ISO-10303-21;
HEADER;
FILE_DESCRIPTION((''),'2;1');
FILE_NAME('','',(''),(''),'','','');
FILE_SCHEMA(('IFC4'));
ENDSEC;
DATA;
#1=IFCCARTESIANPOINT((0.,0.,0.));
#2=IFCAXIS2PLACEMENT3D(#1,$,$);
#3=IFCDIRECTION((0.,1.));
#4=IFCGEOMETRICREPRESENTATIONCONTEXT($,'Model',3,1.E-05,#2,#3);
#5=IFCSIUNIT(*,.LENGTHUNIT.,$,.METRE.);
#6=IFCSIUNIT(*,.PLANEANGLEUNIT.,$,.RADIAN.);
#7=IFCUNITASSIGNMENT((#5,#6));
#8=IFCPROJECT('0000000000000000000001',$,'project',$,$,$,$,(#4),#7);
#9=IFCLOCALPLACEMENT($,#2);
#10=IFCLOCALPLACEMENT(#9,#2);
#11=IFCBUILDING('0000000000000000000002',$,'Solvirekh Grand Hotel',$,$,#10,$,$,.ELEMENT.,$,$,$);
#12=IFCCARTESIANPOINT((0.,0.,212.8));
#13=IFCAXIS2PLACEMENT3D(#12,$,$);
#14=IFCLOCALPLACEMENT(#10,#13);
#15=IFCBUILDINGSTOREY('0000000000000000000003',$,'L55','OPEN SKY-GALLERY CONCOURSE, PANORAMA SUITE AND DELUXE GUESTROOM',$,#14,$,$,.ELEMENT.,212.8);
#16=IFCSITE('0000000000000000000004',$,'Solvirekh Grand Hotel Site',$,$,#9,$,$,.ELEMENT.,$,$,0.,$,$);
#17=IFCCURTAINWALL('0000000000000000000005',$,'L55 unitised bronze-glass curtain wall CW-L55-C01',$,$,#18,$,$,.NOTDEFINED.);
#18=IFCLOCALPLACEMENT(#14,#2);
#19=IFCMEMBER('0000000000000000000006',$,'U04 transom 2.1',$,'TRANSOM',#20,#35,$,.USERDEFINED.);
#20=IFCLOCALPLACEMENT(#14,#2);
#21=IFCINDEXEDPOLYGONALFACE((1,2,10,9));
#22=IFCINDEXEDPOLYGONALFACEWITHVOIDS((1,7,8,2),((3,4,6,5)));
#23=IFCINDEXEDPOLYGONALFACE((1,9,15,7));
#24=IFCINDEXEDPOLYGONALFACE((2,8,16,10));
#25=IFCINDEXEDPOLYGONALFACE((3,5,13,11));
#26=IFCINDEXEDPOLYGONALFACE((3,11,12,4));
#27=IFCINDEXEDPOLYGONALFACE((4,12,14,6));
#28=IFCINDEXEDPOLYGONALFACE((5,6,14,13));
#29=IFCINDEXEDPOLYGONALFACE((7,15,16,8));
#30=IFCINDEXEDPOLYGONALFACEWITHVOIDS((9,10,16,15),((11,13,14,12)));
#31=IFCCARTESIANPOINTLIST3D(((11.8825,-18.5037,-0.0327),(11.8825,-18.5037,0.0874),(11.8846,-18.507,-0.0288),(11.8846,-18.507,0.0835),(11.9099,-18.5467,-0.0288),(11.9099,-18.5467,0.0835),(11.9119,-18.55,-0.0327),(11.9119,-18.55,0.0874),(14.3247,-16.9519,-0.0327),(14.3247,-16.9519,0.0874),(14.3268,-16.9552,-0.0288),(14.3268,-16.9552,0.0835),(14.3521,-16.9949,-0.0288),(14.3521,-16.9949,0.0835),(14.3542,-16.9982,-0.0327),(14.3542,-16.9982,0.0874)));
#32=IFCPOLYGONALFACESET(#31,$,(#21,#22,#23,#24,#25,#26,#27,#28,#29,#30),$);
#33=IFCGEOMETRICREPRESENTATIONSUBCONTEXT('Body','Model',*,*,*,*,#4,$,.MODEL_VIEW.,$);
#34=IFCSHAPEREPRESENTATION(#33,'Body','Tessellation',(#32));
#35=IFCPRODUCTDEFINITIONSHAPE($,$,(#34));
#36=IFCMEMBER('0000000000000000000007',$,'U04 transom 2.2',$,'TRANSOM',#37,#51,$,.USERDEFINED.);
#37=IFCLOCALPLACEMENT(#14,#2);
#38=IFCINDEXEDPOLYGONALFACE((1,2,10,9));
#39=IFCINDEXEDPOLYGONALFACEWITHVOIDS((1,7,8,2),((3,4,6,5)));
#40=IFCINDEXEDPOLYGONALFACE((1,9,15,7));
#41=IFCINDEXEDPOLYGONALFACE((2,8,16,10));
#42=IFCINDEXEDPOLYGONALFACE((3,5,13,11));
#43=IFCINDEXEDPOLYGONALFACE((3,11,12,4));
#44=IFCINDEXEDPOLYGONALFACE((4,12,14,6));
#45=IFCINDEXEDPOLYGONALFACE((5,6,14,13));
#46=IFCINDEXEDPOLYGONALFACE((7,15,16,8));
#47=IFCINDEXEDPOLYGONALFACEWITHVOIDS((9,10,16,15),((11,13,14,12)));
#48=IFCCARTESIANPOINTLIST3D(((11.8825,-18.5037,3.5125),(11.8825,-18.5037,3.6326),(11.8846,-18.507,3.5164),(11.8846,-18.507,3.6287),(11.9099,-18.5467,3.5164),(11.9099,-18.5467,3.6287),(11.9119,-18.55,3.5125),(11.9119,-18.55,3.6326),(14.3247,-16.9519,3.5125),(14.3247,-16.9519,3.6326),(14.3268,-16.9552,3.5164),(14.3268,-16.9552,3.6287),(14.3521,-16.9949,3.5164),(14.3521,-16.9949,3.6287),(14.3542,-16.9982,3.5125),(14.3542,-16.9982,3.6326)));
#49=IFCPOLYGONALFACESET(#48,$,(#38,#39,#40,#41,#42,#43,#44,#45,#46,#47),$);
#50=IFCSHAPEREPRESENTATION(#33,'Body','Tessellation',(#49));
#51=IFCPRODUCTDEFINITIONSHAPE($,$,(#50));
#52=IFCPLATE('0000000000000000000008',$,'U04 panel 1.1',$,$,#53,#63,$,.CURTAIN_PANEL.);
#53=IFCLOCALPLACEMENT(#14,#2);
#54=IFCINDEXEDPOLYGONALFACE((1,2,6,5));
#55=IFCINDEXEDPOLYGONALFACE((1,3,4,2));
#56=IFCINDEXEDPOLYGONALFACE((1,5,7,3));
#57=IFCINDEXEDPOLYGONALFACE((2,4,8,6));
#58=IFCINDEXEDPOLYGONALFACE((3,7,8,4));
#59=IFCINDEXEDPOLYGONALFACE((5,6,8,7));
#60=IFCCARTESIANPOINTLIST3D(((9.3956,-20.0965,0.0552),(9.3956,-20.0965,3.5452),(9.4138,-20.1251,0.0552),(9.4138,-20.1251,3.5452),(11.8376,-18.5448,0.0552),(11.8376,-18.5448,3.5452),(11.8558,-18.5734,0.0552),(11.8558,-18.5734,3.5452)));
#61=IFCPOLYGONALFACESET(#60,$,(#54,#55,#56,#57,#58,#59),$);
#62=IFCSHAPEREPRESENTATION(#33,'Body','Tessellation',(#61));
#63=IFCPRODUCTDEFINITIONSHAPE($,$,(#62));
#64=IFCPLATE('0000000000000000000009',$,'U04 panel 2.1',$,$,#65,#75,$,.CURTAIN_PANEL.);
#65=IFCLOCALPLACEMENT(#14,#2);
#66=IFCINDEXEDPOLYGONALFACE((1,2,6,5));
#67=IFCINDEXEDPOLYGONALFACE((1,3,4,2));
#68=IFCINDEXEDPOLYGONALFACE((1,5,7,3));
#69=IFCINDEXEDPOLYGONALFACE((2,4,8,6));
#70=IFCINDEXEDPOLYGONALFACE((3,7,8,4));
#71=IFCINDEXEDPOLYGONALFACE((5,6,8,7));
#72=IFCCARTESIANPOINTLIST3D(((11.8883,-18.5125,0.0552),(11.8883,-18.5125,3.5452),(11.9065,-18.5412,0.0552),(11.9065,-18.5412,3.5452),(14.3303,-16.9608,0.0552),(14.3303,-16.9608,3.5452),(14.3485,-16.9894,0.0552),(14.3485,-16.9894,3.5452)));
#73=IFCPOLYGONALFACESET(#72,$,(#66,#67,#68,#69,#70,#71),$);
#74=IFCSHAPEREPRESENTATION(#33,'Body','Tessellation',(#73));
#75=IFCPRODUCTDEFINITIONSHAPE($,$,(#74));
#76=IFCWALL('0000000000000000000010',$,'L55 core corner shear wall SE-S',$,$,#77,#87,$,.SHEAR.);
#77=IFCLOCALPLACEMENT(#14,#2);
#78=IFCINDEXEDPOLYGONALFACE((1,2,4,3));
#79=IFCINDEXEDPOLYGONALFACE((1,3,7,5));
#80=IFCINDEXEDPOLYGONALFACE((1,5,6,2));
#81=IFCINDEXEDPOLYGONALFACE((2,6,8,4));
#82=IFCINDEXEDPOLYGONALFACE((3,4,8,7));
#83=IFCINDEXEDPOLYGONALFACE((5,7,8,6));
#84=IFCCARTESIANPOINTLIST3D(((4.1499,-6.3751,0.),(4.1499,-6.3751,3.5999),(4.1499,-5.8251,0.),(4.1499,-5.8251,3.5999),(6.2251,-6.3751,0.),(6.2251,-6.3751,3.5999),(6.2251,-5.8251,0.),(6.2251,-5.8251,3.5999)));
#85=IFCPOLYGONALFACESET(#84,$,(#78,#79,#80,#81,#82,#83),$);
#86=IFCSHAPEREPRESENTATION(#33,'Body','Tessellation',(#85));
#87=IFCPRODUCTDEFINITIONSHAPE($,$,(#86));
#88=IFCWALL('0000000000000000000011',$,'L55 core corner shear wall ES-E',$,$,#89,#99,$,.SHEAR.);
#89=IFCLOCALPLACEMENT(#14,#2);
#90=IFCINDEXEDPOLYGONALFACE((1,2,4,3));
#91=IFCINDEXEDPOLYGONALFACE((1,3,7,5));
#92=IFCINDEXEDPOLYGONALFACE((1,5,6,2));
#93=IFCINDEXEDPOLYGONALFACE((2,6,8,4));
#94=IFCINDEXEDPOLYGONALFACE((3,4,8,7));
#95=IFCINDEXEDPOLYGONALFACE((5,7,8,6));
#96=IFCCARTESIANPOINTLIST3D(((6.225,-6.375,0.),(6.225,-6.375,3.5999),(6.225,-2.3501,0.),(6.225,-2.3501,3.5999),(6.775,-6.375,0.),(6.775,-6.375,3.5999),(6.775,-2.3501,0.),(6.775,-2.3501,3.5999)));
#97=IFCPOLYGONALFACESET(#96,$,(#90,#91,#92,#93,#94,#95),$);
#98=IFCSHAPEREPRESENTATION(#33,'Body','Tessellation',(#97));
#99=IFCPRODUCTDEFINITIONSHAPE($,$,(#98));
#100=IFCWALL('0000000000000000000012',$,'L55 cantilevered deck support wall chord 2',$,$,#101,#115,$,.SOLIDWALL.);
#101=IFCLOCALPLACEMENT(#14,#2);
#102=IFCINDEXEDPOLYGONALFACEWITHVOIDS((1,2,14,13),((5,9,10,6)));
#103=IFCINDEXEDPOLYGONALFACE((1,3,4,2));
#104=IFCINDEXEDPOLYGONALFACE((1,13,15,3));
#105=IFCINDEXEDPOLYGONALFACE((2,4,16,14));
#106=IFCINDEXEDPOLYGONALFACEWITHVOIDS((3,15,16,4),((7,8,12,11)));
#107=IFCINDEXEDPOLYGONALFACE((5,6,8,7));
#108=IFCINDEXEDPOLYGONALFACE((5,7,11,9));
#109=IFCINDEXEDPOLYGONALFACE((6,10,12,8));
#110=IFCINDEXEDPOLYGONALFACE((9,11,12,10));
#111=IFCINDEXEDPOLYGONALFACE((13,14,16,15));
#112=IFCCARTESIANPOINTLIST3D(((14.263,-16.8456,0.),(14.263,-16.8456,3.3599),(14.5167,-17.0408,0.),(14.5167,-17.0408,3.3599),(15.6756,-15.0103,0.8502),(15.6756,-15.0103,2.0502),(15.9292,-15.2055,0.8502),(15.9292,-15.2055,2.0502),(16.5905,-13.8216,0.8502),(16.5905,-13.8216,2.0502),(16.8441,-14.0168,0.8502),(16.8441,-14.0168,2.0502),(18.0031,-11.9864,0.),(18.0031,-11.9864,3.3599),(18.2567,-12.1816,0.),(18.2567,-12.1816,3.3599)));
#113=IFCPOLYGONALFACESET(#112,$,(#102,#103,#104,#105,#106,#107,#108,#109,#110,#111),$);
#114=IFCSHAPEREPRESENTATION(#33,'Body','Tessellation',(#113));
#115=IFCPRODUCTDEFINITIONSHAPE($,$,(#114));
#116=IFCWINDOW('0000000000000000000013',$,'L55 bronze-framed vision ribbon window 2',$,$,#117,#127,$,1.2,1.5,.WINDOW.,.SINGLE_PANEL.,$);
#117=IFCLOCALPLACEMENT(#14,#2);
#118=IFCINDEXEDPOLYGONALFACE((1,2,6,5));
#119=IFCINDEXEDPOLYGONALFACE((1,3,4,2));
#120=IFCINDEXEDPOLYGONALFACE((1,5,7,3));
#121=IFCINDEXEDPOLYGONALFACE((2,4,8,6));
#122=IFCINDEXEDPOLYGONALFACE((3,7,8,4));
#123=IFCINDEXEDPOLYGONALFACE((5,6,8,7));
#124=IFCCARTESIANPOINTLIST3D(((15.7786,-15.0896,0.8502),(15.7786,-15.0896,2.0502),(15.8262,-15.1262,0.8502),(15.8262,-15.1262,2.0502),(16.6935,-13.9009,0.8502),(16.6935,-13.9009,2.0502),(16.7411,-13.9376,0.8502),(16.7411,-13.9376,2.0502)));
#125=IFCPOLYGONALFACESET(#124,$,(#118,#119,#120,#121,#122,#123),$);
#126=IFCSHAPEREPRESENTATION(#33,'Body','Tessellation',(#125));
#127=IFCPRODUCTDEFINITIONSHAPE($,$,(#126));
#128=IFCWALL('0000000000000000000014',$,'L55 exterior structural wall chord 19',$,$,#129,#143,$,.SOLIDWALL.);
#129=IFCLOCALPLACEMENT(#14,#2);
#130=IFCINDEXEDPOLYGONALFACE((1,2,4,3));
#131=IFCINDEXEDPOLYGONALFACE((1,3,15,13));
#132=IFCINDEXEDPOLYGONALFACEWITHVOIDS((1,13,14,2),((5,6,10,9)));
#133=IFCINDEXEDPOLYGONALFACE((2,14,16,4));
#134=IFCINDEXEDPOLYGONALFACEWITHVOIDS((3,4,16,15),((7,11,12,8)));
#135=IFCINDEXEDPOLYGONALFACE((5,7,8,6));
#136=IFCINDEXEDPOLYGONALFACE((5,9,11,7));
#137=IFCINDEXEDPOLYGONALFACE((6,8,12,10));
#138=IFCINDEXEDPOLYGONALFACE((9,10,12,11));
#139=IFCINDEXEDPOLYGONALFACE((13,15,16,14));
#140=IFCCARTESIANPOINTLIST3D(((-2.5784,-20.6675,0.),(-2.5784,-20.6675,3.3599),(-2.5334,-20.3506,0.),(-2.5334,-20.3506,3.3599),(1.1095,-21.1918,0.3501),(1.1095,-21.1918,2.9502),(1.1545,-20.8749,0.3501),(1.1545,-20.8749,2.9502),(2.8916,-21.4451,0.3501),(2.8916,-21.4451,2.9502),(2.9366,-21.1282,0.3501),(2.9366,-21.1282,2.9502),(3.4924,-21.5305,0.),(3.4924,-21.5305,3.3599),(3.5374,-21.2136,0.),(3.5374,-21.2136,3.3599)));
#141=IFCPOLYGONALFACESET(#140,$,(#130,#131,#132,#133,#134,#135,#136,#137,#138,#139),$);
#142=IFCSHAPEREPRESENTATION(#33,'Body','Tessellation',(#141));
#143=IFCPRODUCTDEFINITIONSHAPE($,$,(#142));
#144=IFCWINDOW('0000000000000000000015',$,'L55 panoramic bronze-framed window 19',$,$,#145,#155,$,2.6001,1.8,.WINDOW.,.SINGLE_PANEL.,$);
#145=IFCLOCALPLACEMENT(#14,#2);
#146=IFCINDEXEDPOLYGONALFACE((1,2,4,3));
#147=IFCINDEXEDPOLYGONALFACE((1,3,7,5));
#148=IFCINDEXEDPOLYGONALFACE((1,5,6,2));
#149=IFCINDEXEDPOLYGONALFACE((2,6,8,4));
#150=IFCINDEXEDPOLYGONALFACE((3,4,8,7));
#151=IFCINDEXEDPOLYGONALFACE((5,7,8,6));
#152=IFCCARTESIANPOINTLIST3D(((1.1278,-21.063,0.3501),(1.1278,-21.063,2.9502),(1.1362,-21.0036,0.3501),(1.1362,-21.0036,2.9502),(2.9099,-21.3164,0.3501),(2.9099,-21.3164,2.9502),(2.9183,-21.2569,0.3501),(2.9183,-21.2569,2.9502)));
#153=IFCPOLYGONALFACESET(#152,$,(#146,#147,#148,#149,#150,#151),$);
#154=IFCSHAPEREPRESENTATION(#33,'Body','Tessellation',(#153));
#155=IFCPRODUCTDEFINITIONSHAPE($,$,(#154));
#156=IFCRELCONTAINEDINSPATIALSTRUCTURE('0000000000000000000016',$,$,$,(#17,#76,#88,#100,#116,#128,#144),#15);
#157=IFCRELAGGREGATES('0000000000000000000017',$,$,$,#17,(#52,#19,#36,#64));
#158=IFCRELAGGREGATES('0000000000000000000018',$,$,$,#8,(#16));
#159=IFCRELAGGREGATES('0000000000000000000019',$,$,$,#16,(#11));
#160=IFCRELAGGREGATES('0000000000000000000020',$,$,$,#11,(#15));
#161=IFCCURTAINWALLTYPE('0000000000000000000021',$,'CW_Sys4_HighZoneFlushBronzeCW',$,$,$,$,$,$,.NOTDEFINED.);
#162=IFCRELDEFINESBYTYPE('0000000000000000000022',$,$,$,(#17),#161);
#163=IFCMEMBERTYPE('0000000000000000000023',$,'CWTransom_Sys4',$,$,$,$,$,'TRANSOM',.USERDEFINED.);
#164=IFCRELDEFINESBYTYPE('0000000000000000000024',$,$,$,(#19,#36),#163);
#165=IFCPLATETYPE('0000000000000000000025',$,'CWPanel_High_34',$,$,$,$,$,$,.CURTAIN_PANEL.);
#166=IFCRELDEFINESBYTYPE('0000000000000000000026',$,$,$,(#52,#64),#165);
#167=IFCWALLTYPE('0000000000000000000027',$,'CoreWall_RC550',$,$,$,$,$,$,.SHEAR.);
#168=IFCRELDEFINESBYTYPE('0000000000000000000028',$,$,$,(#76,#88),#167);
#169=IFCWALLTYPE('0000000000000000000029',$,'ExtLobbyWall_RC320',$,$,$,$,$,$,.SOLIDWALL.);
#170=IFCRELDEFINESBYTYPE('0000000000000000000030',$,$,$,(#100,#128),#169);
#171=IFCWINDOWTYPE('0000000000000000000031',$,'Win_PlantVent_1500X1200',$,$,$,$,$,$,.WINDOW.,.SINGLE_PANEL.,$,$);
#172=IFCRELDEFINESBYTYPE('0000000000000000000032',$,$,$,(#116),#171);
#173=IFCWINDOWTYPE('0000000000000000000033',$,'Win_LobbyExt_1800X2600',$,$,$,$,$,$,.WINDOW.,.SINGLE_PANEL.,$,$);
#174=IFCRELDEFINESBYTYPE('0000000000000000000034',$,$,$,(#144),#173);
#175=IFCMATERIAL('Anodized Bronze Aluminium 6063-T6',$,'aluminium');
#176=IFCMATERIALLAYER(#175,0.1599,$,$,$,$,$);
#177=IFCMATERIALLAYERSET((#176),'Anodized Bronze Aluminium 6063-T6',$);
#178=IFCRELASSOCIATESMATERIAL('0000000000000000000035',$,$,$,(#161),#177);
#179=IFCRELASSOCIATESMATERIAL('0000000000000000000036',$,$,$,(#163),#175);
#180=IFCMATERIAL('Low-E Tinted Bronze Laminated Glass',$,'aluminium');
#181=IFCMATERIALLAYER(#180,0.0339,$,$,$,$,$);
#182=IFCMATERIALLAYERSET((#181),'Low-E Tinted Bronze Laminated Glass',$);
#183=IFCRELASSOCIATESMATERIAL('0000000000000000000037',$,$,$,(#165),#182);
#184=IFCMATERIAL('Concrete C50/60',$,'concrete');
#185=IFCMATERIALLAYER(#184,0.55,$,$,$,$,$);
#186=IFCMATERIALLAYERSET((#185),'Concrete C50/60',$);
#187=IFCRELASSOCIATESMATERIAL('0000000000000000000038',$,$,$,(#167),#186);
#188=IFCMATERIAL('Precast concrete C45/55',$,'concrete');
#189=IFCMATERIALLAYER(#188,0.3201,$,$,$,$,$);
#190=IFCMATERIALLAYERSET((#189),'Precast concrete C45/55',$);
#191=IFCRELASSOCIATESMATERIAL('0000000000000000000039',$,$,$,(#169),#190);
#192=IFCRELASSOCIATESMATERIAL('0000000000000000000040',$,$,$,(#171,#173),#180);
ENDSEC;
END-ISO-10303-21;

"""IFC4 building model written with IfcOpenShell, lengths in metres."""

from ifc_helpers import new_model, si_unit, direction, frame, frame_2d, origin, origin_2d, place, context, subcontext, project, spatial, rectangle, hollow_rectangle, extrude, source, transform, mapped, material, layer, layer_set, material_profile, profile_set, type_object, element, fill, aggregate, save


model = new_model("IFC4")

# Units and contexts
model_context = context("Model", 3, precision=1e-05, world=origin(), true_north=direction((0.0, 1.0)))
body_context = subcontext(model_context, "Body", "Model", "MODEL_VIEW")
ifc_project = project(units=[si_unit("LENGTHUNIT", "METRE"), si_unit("PLANEANGLEUNIT", "RADIAN")], contexts=[model_context])

# Site, building, storey
site_placement = place(None, origin())
site = spatial("IfcSite", under=ifc_project, at=site_placement, Name="Solvirekh Grand Hotel Site", CompositionType="ELEMENT", RefElevation=0.0)
building_placement = place(site_placement, origin())
building = spatial("IfcBuilding", under=site, at=building_placement, Name="Solvirekh Grand Hotel", CompositionType="ELEMENT")
storey_placement = place(building_placement, frame((0.0, 0.0, 212.8)))
storey = spatial("IfcBuildingStorey", under=building, at=storey_placement, Name="L55", Description="OPEN SKY-GALLERY CONCOURSE, PANORAMA SUITE AND DELUXE GUESTROOM", CompositionType="ELEMENT", Elevation=212.8)

# Shared definitions
ifc_material_1 = material(Name="Concrete C50/60", Category="concrete")

# Curtain wall, members, plates
ifc_material_2 = material(Name="Anodized Bronze Aluminium 6063-T6", Category="aluminium")
ifc_layer_1 = layer(ifc_material_2, 0.1599)
ifc_layer_set_1 = layer_set([ifc_layer_1], Name="Anodized Bronze Aluminium 6063-T6")
curtain_wall_type = type_object("IfcCurtainWallType", Name="CW_Sys4_HighZoneFlushBronzeCW", PredefinedType="NOTDEFINED", material=ifc_layer_set_1)
curtain_wall_placement = place(storey_placement, origin())
curtain_wall = element("IfcCurtainWall", 1, at=curtain_wall_placement, inside=storey, type_object=curtain_wall_type, Name="L55 unitised bronze-glass curtain wall CW-L55-C01", PredefinedType="NOTDEFINED")
ifc_material_profile_1 = material_profile(ifc_material_2, hollow_rectangle(XDim=0.0549, YDim=0.1201, WallThickness=0.0039, at=origin_2d()), Name="ALU RHS 120X55X4")
ifc_profile_set_1 = profile_set([ifc_material_profile_1], Name="Anodized Bronze Aluminium 6063-T6")
member_type_1 = type_object("IfcMemberType", Name="CWTransom_Sys4", ElementType="TRANSOM", PredefinedType="USERDEFINED", material=ifc_profile_set_1)
shared_shape_1 = source(origin(), body_context, "Body", "SweptSolid", [
    extrude(hollow_rectangle(XDim=0.0549, YDim=0.1201, WallThickness=0.0039, at=origin_2d()), origin(), (0.0, 0.0, 1.0), 2.8936),
])
member_1_placement = place(storey_placement, frame((11.8972, -18.5269, 0.0273), z_axis=(0.844026, 0.536302, 0.0), x_axis=(-0.536302, 0.844026, 0.0)))
member_1 = element("IfcMember", 2, at=member_1_placement, type_object=member_type_1, Name="U04 transom 2.1", ObjectType="TRANSOM", PredefinedType="USERDEFINED", context=body_context, shape_type="MappedRepresentation", body=[
    mapped(shared_shape_1, transform((0.0, 0.0, 0.0), x_axis=(1.0, 0.0, 0.0), y_axis=(0.0, 1.0, 0.0), z_axis=(0.0, 0.0, 1.0), scale=1.0)),
])
member_2_placement = place(storey_placement, frame((11.8972, -18.5269, 3.5725), z_axis=(0.844026, 0.536302, 0.0), x_axis=(-0.536302, 0.844026, 0.0)))
member_2 = element("IfcMember", 3, at=member_2_placement, type_object=member_type_1, Name="U04 transom 2.2", ObjectType="TRANSOM", PredefinedType="USERDEFINED", context=body_context, shape_type="MappedRepresentation", body=[
    mapped(shared_shape_1, transform((0.0, 0.0, 0.0), x_axis=(1.0, 0.0, 0.0), y_axis=(0.0, 1.0, 0.0), z_axis=(0.0, 0.0, 1.0), scale=1.0)),
])
ifc_material_3 = material(Name="Low-E Tinted Bronze Laminated Glass", Category="aluminium")
ifc_layer_2 = layer(ifc_material_3, 0.0339)
ifc_layer_set_2 = layer_set([ifc_layer_2], Name="Low-E Tinted Bronze Laminated Glass")
plate_type = type_object("IfcPlateType", Name="CWPanel_High_34", PredefinedType="CURTAIN_PANEL", material=ifc_layer_set_2)
shared_shape_2 = source(origin(), body_context, "Body", "SweptSolid", [
    extrude(rectangle(XDim=2.8933, YDim=0.0339, at=origin_2d()), origin(), (0.0, 0.0, 1.0), 3.49),
])
plate_1_placement = place(storey_placement, frame((10.6257, -19.335, 0.0552), z_axis=(0.0, 0.0, 1.0), x_axis=(0.84402, 0.536311, 0.0)))
plate_1 = element("IfcPlate", 4, at=plate_1_placement, type_object=plate_type, Name="U04 panel 1.1", PredefinedType="CURTAIN_PANEL", context=body_context, shape_type="MappedRepresentation", body=[
    mapped(shared_shape_2, transform((0.0, 0.0, 0.0), x_axis=(1.0, 0.0, 0.0), y_axis=(0.0, 1.0, 0.0), z_axis=(0.0, 0.0, 1.0), scale=1.0)),
])
plate_2_placement = place(storey_placement, frame((13.1184, -17.751, 0.0552), z_axis=(0.0, 0.0, 1.0), x_axis=(0.84402, 0.536311, 0.0)))
plate_2 = element("IfcPlate", 5, at=plate_2_placement, type_object=plate_type, Name="U04 panel 2.1", PredefinedType="CURTAIN_PANEL", context=body_context, shape_type="MappedRepresentation", body=[
    mapped(shared_shape_2, transform((0.0, 0.0, 0.0), x_axis=(1.0, 0.0, 0.0), y_axis=(0.0, 1.0, 0.0), z_axis=(0.0, 0.0, 1.0), scale=1.0)),
])
aggregate(curtain_wall, [plate_1, member_1, member_2, plate_2])

# Walls
ifc_layer_3 = layer(ifc_material_1, 0.55)
ifc_layer_set_3 = layer_set([ifc_layer_3], Name="Concrete C50/60")
wall_type_1 = type_object("IfcWallType", Name="CoreWall_RC550", PredefinedType="SHEAR", material=ifc_layer_set_3)
wall_1_placement = place(storey_placement, frame((4.1499, -6.1001, 0.0), z_axis=(0.0, 0.0, 1.0), x_axis=(1.0, 0.0, 0.0)))
element("IfcWall", 6, at=wall_1_placement, inside=storey, type_object=wall_type_1, Name="L55 core corner shear wall SE-S", PredefinedType="SHEAR", context=body_context, shape_type="SweptSolid", body=[
    extrude(rectangle(XDim=2.0752, YDim=0.55, at=frame_2d((1.0376, 0.0))), origin(), (0.0, 0.0, 1.0), 3.5999),
])
wall_2_placement = place(storey_placement, frame((6.5, -6.375, 0.0), z_axis=(0.0, 0.0, 1.0), x_axis=(0.0, 1.0, 0.0)))
element("IfcWall", 7, at=wall_2_placement, inside=storey, type_object=wall_type_1, Name="L55 core corner shear wall ES-E", PredefinedType="SHEAR", context=body_context, shape_type="SweptSolid", body=[
    extrude(rectangle(XDim=4.0249, YDim=0.55, at=frame_2d((2.0125, 0.0))), origin(), (0.0, 0.0, 1.0), 3.5999),
])

# Walls, openings, windows
ifc_material_4 = material(Name="Precast concrete C45/55", Category="concrete")
ifc_layer_4 = layer(ifc_material_4, 0.3201)
ifc_layer_set_4 = layer_set([ifc_layer_4], Name="Precast concrete C45/55")
wall_type_2 = type_object("IfcWallType", Name="ExtLobbyWall_RC320", PredefinedType="SOLIDWALL", material=ifc_layer_set_4)
wall_3_placement = place(storey_placement, frame((18.1299, -12.084, 0.0), z_axis=(0.0, 0.0, 1.0), x_axis=(-0.609936, -0.792451, 0.0)))
wall_3 = element("IfcWall", 8, at=wall_3_placement, inside=storey, type_object=wall_type_2, Name="L55 cantilevered deck support wall chord 2", PredefinedType="SOLIDWALL", context=body_context, shape_type="SweptSolid", body=[
    extrude(rectangle(XDim=6.1318, YDim=0.3201, at=frame_2d((3.0659, 0.0))), origin(), (0.0, 0.0, 1.0), 3.3599),
])
opening_1_placement = place(wall_3_placement, frame((2.3159, 0.0, 0.8501)))
opening_1 = element("IfcOpeningElement", 9, at=opening_1_placement, cuts=wall_3, PredefinedType="OPENING", context=body_context, shape_type="SweptSolid", body=[
    extrude(rectangle(XDim=1.5, YDim=1.2, at=frame_2d((0.75, 0.6001))), frame((0.0, 0.1699, 0.0), z_axis=(0.0, -1.0, 0.0), x_axis=(1.0, 0.0, 0.0)), (0.0, 0.0, 1.0), 0.3401),
])
window_type_1 = type_object("IfcWindowType", Name="Win_PlantVent_1500X1200", PartitioningType="SINGLE_PANEL", PredefinedType="WINDOW", material=ifc_material_3)
window_1_placement = place(opening_1_placement, origin())
window_1 = element("IfcWindow", 10, at=window_1_placement, inside=storey, type_object=window_type_1, Name="L55 bronze-framed vision ribbon window 2", OverallHeight=1.2, OverallWidth=1.5, PartitioningType="SINGLE_PANEL", PredefinedType="WINDOW", context=body_context, shape_type="SweptSolid", body=[
    extrude(rectangle(XDim=1.5, YDim=1.2, at=frame_2d((0.75, 0.6001))), frame((0.0, 0.03, 0.0), z_axis=(0.0, -1.0, 0.0), x_axis=(1.0, 0.0, 0.0)), (0.0, 0.0, 1.0), 0.0601),
])
fill(opening_1, window_1)
wall_4_placement = place(storey_placement, frame((3.5149, -21.3721, 0.0), z_axis=(0.0, 0.0, 1.0), x_axis=(-0.990046, 0.140747, 0.0)))
wall_4 = element("IfcWall", 11, at=wall_4_placement, inside=storey, type_object=wall_type_2, Name="L55 exterior structural wall chord 19", PredefinedType="SOLIDWALL", context=body_context, shape_type="SweptSolid", body=[
    extrude(rectangle(XDim=6.1318, YDim=0.3201, at=frame_2d((3.0659, 0.0))), origin(), (0.0, 0.0, 1.0), 3.3599),
])
opening_2_placement = place(wall_4_placement, frame((0.6069, 0.0, 0.3501)))
opening_2 = element("IfcOpeningElement", 12, at=opening_2_placement, cuts=wall_4, PredefinedType="OPENING", context=body_context, shape_type="SweptSolid", body=[
    extrude(rectangle(XDim=1.8, YDim=2.6001, at=frame_2d((0.8999, 1.3))), frame((0.0, 0.1699, 0.0), z_axis=(0.0, -1.0, 0.0), x_axis=(1.0, 0.0, 0.0)), (0.0, 0.0, 1.0), 0.3401),
])
window_type_2 = type_object("IfcWindowType", Name="Win_LobbyExt_1800X2600", PartitioningType="SINGLE_PANEL", PredefinedType="WINDOW", material=ifc_material_3)
window_2_placement = place(opening_2_placement, origin())
window_2 = element("IfcWindow", 13, at=window_2_placement, inside=storey, type_object=window_type_2, Name="L55 panoramic bronze-framed window 19", OverallHeight=2.6001, OverallWidth=1.8, PartitioningType="SINGLE_PANEL", PredefinedType="WINDOW", context=body_context, shape_type="SweptSolid", body=[
    extrude(rectangle(XDim=1.8, YDim=2.6001, at=frame_2d((0.8999, 1.3))), frame((0.0, 0.03, 0.0), z_axis=(0.0, -1.0, 0.0), x_axis=(1.0, 0.0, 0.0)), (0.0, 0.0, 1.0), 0.0601),
])
fill(opening_2, window_2)

save(model, "model.ifc")
